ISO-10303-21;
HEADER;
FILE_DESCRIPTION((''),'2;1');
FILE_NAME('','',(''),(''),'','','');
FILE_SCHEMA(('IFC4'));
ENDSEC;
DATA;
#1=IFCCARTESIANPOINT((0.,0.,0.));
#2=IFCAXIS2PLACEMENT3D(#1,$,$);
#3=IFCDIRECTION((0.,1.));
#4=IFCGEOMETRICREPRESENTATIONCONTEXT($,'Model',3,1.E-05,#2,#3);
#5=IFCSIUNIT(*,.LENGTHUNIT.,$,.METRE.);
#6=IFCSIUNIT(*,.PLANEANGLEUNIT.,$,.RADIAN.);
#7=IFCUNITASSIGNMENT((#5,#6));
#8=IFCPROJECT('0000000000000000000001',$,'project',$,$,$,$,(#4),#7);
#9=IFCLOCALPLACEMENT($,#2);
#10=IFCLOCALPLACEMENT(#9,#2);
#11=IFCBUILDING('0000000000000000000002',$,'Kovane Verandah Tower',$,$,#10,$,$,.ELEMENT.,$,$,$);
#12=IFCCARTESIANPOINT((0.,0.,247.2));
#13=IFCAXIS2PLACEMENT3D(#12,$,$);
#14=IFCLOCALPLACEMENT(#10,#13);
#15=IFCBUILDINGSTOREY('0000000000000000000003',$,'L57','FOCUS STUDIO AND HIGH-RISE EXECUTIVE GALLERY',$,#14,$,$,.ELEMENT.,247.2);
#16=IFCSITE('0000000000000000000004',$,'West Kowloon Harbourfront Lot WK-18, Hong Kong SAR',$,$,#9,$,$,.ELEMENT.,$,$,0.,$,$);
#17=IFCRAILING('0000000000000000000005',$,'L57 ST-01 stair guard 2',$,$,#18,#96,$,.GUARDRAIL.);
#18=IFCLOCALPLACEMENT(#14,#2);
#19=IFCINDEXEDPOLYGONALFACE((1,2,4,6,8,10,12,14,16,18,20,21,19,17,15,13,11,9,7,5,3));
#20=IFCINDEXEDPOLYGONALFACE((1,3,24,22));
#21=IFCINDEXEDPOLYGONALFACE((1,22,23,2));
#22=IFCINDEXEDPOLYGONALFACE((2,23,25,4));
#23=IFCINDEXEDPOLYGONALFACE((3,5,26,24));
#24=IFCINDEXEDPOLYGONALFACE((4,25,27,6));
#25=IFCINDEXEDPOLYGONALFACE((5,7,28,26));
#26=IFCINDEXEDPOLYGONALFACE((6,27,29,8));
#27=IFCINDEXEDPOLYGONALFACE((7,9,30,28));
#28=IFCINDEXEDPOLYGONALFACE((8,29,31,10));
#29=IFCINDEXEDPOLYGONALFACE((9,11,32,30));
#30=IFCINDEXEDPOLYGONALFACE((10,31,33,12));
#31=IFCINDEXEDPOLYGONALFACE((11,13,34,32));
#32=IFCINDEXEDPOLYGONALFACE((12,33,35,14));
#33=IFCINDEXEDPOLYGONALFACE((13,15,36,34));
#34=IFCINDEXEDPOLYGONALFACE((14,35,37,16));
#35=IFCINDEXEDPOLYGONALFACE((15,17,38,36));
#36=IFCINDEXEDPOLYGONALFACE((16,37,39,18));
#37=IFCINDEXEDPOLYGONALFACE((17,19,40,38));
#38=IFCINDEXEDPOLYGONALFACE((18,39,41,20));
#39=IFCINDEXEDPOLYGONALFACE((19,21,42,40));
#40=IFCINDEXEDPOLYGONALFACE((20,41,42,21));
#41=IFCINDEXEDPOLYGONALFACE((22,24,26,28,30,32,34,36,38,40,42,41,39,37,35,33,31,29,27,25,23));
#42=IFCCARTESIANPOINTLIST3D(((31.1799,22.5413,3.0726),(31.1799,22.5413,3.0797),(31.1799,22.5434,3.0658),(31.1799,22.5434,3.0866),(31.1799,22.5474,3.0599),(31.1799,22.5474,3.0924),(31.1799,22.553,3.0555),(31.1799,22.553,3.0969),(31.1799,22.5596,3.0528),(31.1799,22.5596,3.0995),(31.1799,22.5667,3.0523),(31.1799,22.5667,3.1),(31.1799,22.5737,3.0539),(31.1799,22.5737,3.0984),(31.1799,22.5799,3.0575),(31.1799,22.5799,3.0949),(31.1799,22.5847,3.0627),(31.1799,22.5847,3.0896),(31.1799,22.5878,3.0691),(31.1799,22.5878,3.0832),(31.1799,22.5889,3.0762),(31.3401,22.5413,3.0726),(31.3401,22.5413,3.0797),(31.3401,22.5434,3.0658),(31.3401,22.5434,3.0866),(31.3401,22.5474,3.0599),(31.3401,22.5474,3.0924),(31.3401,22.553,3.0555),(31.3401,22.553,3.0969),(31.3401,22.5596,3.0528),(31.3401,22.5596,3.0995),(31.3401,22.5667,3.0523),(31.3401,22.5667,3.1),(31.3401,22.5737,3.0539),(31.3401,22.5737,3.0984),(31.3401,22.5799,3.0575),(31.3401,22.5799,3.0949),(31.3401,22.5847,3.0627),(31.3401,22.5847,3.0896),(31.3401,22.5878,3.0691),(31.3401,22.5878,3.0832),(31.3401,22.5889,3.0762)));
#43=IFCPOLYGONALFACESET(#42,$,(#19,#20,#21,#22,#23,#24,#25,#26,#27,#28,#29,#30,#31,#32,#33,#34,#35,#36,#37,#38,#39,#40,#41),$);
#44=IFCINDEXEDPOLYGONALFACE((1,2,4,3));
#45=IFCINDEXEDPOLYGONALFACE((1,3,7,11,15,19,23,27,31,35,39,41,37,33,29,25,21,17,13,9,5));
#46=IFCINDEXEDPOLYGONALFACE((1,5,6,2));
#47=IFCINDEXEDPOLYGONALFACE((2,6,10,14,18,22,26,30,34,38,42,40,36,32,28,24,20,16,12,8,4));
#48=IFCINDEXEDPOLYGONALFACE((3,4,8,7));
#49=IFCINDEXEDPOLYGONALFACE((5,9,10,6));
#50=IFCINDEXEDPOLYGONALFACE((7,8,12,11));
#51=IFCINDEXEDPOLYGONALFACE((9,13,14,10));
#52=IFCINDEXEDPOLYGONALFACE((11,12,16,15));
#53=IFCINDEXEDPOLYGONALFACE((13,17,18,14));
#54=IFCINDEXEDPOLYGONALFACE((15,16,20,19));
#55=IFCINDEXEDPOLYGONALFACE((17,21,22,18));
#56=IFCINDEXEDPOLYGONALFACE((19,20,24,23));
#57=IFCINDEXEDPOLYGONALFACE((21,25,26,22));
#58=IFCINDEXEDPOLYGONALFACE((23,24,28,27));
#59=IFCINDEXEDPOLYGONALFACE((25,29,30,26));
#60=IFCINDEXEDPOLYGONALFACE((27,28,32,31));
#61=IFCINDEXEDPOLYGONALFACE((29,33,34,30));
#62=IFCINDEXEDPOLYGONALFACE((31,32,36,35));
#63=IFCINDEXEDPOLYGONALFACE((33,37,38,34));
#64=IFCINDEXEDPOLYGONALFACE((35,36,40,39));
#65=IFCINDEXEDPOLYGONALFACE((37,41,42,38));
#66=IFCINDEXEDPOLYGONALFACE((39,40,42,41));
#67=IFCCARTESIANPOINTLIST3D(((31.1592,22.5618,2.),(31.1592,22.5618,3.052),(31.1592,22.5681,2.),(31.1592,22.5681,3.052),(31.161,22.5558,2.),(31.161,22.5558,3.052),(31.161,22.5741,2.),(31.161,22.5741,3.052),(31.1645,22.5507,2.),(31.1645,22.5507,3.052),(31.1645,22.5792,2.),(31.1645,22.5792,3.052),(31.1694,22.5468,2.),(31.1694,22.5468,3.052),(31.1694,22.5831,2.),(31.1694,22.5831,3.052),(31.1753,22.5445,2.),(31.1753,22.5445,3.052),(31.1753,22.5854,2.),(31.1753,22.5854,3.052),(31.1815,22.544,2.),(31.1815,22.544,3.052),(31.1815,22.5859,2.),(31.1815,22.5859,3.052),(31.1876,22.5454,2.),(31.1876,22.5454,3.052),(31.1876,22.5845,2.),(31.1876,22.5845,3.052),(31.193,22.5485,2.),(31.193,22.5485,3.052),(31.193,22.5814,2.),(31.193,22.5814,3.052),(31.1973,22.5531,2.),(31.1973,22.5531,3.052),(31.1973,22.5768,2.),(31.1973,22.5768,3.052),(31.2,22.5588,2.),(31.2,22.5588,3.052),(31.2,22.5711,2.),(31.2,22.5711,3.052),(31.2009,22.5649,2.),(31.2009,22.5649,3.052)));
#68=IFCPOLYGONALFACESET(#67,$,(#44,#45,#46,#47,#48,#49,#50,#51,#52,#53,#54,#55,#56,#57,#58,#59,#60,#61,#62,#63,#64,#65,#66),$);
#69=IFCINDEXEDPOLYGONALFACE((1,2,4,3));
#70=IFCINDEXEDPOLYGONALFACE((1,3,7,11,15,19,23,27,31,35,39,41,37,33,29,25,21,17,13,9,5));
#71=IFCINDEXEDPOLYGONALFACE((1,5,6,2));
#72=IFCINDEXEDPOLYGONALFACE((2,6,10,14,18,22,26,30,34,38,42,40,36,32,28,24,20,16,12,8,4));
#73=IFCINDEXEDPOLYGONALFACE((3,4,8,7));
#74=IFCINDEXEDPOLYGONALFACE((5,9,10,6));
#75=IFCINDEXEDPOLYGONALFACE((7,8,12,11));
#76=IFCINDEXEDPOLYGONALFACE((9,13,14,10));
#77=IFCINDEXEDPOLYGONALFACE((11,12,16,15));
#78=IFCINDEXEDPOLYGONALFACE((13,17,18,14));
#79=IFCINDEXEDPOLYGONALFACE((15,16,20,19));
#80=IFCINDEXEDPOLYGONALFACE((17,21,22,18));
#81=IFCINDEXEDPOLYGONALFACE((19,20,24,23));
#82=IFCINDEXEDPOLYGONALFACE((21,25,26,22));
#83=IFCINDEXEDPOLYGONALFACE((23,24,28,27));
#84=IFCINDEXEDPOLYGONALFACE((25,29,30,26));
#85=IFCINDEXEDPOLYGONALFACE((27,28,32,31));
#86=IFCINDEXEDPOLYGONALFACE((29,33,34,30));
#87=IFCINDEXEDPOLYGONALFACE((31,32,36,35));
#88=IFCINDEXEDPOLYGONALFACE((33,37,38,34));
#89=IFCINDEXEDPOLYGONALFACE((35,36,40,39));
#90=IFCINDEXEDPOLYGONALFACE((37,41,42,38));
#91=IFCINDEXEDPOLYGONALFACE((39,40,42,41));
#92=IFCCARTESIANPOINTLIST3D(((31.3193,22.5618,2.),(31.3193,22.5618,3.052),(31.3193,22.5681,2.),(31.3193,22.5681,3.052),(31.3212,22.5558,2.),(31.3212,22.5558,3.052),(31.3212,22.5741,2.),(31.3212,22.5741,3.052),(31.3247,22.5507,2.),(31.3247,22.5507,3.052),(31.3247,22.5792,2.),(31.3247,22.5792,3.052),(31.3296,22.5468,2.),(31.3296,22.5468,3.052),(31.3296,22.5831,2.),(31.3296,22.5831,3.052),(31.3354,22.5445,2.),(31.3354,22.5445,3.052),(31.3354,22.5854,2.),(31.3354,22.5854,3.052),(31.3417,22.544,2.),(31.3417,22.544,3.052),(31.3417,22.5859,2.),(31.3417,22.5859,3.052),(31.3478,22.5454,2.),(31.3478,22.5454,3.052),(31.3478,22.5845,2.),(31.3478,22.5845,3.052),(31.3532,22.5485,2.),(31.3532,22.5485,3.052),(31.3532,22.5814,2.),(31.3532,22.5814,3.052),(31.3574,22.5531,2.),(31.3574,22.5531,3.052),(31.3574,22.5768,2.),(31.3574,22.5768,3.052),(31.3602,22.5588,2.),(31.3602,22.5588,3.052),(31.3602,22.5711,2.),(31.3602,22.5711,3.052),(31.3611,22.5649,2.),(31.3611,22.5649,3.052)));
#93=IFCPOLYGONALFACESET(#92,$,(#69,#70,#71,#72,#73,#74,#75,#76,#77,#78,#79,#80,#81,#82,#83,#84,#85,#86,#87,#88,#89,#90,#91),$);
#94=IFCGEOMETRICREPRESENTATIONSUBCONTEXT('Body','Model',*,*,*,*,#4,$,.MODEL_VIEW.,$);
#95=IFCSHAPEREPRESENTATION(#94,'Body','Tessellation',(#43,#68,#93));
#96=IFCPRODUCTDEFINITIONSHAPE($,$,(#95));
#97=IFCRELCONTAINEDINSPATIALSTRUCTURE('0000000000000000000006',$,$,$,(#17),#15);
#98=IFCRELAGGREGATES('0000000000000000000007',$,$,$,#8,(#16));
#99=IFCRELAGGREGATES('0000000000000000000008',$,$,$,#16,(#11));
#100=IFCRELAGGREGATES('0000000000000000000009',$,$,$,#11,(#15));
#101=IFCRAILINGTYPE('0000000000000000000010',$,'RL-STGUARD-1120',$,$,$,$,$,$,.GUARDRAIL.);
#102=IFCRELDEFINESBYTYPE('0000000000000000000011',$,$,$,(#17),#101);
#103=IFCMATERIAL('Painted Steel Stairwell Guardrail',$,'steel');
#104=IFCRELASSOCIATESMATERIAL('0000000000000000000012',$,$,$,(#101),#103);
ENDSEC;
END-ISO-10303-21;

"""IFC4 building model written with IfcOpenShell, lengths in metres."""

from ifc_helpers import new_model, si_unit, direction, frame, origin, origin_2d, place, context, subcontext, project, spatial, circle, extrude, material, type_object, element, save


model = new_model("IFC4")

# Units and contexts
model_context = context("Model", 3, precision=1e-05, world=origin(), true_north=direction((0.0, 1.0)))
body_context = subcontext(model_context, "Body", "Model", "MODEL_VIEW")
ifc_project = project(units=[si_unit("LENGTHUNIT", "METRE"), si_unit("PLANEANGLEUNIT", "RADIAN")], contexts=[model_context])

# Site, building, storey
site_placement = place(None, origin())
site = spatial("IfcSite", under=ifc_project, at=site_placement, Name="West Kowloon Harbourfront Lot WK-18, Hong Kong SAR", CompositionType="ELEMENT", RefElevation=0.0)
building_placement = place(site_placement, origin())
building = spatial("IfcBuilding", under=site, at=building_placement, Name="Kovane Verandah Tower", CompositionType="ELEMENT")
storey_placement = place(building_placement, frame((0.0, 0.0, 247.2)))
storey = spatial("IfcBuildingStorey", under=building, at=storey_placement, Name="L57", Description="FOCUS STUDIO AND HIGH-RISE EXECUTIVE GALLERY", CompositionType="ELEMENT", Elevation=247.2)

# Railing
ifc_material_1 = material(Name="Painted Steel Stairwell Guardrail", Category="steel")
railing_type_1 = type_object("IfcRailingType", Name="RL-STGUARD-1120", PredefinedType="GUARDRAIL", material=ifc_material_1)
railing_1_placement = place(storey_placement, frame((31.1799, 22.5649, 2.0)))
element("IfcRailing", 1, at=railing_1_placement, inside=storey, type_object=railing_type_1, Name="L57 ST-01 stair guard 2", PredefinedType="GUARDRAIL", context=body_context, shape_type="SweptSolid", body=[
    extrude(circle(Radius=0.0239, at=origin_2d()), frame((0.0, 0.0, 1.0762), z_axis=(1.0, 0.0, 0.0), x_axis=(0.0, 1.0, 0.0)), (0.0, 0.0, 1.0), 0.1602),
    extrude(circle(Radius=0.021, at=origin_2d()), origin(), (0.0, 0.0, 1.0), 1.052),
    extrude(circle(Radius=0.021, at=origin_2d()), frame((0.1602, 0.0, 0.0)), (0.0, 0.0, 1.0), 1.052),
])

save(model, "model.ifc")
